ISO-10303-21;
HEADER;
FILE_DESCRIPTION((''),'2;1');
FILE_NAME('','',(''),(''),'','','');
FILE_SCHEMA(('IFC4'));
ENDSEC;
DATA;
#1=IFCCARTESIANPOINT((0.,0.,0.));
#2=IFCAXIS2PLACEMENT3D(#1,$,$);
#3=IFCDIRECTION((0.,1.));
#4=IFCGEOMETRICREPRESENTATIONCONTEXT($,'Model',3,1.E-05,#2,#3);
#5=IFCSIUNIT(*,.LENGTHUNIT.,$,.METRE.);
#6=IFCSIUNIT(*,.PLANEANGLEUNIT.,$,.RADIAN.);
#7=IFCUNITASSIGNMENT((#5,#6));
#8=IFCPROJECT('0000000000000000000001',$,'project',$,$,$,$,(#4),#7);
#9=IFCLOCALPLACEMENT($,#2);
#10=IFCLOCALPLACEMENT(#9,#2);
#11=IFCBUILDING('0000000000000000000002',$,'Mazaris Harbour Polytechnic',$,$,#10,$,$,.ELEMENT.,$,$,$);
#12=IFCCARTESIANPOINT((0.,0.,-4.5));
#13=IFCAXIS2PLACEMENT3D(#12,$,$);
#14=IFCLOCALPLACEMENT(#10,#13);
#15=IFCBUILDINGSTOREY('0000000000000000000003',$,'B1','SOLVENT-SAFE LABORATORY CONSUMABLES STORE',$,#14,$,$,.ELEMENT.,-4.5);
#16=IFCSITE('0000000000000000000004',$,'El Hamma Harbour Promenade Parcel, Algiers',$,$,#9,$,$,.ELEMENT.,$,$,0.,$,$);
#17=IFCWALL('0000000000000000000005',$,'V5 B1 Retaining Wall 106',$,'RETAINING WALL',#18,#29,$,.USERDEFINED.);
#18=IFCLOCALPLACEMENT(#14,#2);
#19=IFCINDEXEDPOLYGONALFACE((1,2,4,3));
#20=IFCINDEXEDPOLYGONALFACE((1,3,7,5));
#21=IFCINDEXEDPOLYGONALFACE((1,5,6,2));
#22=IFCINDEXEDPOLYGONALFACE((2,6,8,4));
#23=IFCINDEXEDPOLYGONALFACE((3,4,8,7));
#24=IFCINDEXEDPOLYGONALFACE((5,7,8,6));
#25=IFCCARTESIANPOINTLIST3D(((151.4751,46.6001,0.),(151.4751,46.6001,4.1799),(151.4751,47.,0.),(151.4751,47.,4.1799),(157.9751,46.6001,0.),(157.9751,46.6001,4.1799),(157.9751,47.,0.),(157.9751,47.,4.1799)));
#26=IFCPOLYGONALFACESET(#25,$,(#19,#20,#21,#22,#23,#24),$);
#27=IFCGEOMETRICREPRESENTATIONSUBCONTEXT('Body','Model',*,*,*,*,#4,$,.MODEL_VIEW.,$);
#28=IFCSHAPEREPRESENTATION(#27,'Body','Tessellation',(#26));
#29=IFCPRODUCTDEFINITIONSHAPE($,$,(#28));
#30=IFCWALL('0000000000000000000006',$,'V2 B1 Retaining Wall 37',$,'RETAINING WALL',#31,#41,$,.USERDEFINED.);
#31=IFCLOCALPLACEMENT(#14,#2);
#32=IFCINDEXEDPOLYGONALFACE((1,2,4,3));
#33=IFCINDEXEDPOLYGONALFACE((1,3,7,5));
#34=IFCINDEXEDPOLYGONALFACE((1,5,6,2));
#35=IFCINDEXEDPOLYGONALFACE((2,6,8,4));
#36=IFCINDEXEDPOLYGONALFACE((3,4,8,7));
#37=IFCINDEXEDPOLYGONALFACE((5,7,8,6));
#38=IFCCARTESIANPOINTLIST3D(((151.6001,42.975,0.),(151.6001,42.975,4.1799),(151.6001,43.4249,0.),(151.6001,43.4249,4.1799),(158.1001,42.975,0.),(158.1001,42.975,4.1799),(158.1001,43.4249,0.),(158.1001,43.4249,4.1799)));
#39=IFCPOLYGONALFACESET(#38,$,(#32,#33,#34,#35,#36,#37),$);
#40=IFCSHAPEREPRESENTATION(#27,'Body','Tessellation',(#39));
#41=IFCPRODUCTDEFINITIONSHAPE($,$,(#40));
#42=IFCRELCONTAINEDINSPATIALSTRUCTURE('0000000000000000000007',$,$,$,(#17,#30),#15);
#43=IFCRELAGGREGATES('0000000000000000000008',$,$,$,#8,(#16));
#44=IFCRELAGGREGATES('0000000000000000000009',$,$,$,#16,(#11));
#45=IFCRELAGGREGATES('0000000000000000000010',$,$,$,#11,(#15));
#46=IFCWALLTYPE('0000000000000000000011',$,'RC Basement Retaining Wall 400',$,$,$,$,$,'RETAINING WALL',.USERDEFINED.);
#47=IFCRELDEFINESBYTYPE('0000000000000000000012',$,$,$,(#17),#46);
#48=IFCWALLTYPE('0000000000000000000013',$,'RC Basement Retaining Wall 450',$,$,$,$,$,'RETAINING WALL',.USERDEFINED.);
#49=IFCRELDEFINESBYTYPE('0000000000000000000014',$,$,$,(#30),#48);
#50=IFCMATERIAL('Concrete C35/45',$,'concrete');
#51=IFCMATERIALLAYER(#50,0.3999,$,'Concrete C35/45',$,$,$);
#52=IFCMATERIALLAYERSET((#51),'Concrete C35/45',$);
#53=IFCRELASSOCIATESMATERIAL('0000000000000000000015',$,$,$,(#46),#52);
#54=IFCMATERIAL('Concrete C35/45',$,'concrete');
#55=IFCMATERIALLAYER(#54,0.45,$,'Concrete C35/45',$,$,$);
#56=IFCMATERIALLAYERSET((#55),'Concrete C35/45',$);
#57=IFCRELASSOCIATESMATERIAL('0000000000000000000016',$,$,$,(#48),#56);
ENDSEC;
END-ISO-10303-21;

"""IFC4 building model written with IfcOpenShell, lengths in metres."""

from ifc_helpers import new_model, si_unit, direction, frame, frame_2d, origin, place, context, subcontext, project, spatial, rectangle, extrude, material, layer, layer_set, type_object, element, save


model = new_model("IFC4")

# Units and contexts
model_context = context("Model", 3, precision=1e-05, world=origin(), true_north=direction((0.0, 1.0)))
body_context = subcontext(model_context, "Body", "Model", "MODEL_VIEW")
ifc_project = project(units=[si_unit("LENGTHUNIT", "METRE"), si_unit("PLANEANGLEUNIT", "RADIAN")], contexts=[model_context])

# Site, building, storey
site_placement = place(None, origin())
site = spatial("IfcSite", under=ifc_project, at=site_placement, Name="El Hamma Harbour Promenade Parcel, Algiers", CompositionType="ELEMENT", RefElevation=0.0)
building_placement = place(site_placement, origin())
building = spatial("IfcBuilding", under=site, at=building_placement, Name="Mazaris Harbour Polytechnic", CompositionType="ELEMENT")
storey_placement = place(building_placement, frame((0.0, 0.0, -4.5)))
storey = spatial("IfcBuildingStorey", under=building, at=storey_placement, Name="B1", Description="SOLVENT-SAFE LABORATORY CONSUMABLES STORE", CompositionType="ELEMENT", Elevation=-4.5)

# Walls
ifc_material_1 = material(Name="Concrete C35/45", Category="concrete")
ifc_layer_1 = layer(ifc_material_1, 0.3999, Name="Concrete C35/45")
ifc_layer_set_1 = layer_set([ifc_layer_1], Name="Concrete C35/45")
wall_type_1 = type_object("IfcWallType", Name="RC Basement Retaining Wall 400", ElementType="RETAINING WALL", PredefinedType="USERDEFINED", material=ifc_layer_set_1)
wall_1_placement = place(storey_placement, frame((151.4751, 46.8, 0.0), z_axis=(0.0, 0.0, 1.0), x_axis=(1.0, 0.0, 0.0)))
element("IfcWall", 1, at=wall_1_placement, inside=storey, type_object=wall_type_1, Name="V5 B1 Retaining Wall 106", ObjectType="RETAINING WALL", PredefinedType="USERDEFINED", context=body_context, shape_type="SweptSolid", body=[
    extrude(rectangle(XDim=6.5, YDim=0.3999, at=frame_2d((3.25, 0.0))), origin(), (0.0, 0.0, 1.0), 4.1799),
])
ifc_material_2 = material(Name="Concrete C35/45", Category="concrete")
ifc_layer_2 = layer(ifc_material_2, 0.45, Name="Concrete C35/45")
ifc_layer_set_2 = layer_set([ifc_layer_2], Name="Concrete C35/45")
wall_type_2 = type_object("IfcWallType", Name="RC Basement Retaining Wall 450", ElementType="RETAINING WALL", PredefinedType="USERDEFINED", material=ifc_layer_set_2)
wall_2_placement = place(storey_placement, frame((151.6001, 43.2, 0.0), z_axis=(0.0, 0.0, 1.0), x_axis=(1.0, 0.0, 0.0)))
element("IfcWall", 2, at=wall_2_placement, inside=storey, type_object=wall_type_2, Name="V2 B1 Retaining Wall 37", ObjectType="RETAINING WALL", PredefinedType="USERDEFINED", context=body_context, shape_type="SweptSolid", body=[
    extrude(rectangle(XDim=6.5, YDim=0.45, at=frame_2d((3.25, 0.0))), origin(), (0.0, 0.0, 1.0), 4.1799),
])

save(model, "model.ifc")
